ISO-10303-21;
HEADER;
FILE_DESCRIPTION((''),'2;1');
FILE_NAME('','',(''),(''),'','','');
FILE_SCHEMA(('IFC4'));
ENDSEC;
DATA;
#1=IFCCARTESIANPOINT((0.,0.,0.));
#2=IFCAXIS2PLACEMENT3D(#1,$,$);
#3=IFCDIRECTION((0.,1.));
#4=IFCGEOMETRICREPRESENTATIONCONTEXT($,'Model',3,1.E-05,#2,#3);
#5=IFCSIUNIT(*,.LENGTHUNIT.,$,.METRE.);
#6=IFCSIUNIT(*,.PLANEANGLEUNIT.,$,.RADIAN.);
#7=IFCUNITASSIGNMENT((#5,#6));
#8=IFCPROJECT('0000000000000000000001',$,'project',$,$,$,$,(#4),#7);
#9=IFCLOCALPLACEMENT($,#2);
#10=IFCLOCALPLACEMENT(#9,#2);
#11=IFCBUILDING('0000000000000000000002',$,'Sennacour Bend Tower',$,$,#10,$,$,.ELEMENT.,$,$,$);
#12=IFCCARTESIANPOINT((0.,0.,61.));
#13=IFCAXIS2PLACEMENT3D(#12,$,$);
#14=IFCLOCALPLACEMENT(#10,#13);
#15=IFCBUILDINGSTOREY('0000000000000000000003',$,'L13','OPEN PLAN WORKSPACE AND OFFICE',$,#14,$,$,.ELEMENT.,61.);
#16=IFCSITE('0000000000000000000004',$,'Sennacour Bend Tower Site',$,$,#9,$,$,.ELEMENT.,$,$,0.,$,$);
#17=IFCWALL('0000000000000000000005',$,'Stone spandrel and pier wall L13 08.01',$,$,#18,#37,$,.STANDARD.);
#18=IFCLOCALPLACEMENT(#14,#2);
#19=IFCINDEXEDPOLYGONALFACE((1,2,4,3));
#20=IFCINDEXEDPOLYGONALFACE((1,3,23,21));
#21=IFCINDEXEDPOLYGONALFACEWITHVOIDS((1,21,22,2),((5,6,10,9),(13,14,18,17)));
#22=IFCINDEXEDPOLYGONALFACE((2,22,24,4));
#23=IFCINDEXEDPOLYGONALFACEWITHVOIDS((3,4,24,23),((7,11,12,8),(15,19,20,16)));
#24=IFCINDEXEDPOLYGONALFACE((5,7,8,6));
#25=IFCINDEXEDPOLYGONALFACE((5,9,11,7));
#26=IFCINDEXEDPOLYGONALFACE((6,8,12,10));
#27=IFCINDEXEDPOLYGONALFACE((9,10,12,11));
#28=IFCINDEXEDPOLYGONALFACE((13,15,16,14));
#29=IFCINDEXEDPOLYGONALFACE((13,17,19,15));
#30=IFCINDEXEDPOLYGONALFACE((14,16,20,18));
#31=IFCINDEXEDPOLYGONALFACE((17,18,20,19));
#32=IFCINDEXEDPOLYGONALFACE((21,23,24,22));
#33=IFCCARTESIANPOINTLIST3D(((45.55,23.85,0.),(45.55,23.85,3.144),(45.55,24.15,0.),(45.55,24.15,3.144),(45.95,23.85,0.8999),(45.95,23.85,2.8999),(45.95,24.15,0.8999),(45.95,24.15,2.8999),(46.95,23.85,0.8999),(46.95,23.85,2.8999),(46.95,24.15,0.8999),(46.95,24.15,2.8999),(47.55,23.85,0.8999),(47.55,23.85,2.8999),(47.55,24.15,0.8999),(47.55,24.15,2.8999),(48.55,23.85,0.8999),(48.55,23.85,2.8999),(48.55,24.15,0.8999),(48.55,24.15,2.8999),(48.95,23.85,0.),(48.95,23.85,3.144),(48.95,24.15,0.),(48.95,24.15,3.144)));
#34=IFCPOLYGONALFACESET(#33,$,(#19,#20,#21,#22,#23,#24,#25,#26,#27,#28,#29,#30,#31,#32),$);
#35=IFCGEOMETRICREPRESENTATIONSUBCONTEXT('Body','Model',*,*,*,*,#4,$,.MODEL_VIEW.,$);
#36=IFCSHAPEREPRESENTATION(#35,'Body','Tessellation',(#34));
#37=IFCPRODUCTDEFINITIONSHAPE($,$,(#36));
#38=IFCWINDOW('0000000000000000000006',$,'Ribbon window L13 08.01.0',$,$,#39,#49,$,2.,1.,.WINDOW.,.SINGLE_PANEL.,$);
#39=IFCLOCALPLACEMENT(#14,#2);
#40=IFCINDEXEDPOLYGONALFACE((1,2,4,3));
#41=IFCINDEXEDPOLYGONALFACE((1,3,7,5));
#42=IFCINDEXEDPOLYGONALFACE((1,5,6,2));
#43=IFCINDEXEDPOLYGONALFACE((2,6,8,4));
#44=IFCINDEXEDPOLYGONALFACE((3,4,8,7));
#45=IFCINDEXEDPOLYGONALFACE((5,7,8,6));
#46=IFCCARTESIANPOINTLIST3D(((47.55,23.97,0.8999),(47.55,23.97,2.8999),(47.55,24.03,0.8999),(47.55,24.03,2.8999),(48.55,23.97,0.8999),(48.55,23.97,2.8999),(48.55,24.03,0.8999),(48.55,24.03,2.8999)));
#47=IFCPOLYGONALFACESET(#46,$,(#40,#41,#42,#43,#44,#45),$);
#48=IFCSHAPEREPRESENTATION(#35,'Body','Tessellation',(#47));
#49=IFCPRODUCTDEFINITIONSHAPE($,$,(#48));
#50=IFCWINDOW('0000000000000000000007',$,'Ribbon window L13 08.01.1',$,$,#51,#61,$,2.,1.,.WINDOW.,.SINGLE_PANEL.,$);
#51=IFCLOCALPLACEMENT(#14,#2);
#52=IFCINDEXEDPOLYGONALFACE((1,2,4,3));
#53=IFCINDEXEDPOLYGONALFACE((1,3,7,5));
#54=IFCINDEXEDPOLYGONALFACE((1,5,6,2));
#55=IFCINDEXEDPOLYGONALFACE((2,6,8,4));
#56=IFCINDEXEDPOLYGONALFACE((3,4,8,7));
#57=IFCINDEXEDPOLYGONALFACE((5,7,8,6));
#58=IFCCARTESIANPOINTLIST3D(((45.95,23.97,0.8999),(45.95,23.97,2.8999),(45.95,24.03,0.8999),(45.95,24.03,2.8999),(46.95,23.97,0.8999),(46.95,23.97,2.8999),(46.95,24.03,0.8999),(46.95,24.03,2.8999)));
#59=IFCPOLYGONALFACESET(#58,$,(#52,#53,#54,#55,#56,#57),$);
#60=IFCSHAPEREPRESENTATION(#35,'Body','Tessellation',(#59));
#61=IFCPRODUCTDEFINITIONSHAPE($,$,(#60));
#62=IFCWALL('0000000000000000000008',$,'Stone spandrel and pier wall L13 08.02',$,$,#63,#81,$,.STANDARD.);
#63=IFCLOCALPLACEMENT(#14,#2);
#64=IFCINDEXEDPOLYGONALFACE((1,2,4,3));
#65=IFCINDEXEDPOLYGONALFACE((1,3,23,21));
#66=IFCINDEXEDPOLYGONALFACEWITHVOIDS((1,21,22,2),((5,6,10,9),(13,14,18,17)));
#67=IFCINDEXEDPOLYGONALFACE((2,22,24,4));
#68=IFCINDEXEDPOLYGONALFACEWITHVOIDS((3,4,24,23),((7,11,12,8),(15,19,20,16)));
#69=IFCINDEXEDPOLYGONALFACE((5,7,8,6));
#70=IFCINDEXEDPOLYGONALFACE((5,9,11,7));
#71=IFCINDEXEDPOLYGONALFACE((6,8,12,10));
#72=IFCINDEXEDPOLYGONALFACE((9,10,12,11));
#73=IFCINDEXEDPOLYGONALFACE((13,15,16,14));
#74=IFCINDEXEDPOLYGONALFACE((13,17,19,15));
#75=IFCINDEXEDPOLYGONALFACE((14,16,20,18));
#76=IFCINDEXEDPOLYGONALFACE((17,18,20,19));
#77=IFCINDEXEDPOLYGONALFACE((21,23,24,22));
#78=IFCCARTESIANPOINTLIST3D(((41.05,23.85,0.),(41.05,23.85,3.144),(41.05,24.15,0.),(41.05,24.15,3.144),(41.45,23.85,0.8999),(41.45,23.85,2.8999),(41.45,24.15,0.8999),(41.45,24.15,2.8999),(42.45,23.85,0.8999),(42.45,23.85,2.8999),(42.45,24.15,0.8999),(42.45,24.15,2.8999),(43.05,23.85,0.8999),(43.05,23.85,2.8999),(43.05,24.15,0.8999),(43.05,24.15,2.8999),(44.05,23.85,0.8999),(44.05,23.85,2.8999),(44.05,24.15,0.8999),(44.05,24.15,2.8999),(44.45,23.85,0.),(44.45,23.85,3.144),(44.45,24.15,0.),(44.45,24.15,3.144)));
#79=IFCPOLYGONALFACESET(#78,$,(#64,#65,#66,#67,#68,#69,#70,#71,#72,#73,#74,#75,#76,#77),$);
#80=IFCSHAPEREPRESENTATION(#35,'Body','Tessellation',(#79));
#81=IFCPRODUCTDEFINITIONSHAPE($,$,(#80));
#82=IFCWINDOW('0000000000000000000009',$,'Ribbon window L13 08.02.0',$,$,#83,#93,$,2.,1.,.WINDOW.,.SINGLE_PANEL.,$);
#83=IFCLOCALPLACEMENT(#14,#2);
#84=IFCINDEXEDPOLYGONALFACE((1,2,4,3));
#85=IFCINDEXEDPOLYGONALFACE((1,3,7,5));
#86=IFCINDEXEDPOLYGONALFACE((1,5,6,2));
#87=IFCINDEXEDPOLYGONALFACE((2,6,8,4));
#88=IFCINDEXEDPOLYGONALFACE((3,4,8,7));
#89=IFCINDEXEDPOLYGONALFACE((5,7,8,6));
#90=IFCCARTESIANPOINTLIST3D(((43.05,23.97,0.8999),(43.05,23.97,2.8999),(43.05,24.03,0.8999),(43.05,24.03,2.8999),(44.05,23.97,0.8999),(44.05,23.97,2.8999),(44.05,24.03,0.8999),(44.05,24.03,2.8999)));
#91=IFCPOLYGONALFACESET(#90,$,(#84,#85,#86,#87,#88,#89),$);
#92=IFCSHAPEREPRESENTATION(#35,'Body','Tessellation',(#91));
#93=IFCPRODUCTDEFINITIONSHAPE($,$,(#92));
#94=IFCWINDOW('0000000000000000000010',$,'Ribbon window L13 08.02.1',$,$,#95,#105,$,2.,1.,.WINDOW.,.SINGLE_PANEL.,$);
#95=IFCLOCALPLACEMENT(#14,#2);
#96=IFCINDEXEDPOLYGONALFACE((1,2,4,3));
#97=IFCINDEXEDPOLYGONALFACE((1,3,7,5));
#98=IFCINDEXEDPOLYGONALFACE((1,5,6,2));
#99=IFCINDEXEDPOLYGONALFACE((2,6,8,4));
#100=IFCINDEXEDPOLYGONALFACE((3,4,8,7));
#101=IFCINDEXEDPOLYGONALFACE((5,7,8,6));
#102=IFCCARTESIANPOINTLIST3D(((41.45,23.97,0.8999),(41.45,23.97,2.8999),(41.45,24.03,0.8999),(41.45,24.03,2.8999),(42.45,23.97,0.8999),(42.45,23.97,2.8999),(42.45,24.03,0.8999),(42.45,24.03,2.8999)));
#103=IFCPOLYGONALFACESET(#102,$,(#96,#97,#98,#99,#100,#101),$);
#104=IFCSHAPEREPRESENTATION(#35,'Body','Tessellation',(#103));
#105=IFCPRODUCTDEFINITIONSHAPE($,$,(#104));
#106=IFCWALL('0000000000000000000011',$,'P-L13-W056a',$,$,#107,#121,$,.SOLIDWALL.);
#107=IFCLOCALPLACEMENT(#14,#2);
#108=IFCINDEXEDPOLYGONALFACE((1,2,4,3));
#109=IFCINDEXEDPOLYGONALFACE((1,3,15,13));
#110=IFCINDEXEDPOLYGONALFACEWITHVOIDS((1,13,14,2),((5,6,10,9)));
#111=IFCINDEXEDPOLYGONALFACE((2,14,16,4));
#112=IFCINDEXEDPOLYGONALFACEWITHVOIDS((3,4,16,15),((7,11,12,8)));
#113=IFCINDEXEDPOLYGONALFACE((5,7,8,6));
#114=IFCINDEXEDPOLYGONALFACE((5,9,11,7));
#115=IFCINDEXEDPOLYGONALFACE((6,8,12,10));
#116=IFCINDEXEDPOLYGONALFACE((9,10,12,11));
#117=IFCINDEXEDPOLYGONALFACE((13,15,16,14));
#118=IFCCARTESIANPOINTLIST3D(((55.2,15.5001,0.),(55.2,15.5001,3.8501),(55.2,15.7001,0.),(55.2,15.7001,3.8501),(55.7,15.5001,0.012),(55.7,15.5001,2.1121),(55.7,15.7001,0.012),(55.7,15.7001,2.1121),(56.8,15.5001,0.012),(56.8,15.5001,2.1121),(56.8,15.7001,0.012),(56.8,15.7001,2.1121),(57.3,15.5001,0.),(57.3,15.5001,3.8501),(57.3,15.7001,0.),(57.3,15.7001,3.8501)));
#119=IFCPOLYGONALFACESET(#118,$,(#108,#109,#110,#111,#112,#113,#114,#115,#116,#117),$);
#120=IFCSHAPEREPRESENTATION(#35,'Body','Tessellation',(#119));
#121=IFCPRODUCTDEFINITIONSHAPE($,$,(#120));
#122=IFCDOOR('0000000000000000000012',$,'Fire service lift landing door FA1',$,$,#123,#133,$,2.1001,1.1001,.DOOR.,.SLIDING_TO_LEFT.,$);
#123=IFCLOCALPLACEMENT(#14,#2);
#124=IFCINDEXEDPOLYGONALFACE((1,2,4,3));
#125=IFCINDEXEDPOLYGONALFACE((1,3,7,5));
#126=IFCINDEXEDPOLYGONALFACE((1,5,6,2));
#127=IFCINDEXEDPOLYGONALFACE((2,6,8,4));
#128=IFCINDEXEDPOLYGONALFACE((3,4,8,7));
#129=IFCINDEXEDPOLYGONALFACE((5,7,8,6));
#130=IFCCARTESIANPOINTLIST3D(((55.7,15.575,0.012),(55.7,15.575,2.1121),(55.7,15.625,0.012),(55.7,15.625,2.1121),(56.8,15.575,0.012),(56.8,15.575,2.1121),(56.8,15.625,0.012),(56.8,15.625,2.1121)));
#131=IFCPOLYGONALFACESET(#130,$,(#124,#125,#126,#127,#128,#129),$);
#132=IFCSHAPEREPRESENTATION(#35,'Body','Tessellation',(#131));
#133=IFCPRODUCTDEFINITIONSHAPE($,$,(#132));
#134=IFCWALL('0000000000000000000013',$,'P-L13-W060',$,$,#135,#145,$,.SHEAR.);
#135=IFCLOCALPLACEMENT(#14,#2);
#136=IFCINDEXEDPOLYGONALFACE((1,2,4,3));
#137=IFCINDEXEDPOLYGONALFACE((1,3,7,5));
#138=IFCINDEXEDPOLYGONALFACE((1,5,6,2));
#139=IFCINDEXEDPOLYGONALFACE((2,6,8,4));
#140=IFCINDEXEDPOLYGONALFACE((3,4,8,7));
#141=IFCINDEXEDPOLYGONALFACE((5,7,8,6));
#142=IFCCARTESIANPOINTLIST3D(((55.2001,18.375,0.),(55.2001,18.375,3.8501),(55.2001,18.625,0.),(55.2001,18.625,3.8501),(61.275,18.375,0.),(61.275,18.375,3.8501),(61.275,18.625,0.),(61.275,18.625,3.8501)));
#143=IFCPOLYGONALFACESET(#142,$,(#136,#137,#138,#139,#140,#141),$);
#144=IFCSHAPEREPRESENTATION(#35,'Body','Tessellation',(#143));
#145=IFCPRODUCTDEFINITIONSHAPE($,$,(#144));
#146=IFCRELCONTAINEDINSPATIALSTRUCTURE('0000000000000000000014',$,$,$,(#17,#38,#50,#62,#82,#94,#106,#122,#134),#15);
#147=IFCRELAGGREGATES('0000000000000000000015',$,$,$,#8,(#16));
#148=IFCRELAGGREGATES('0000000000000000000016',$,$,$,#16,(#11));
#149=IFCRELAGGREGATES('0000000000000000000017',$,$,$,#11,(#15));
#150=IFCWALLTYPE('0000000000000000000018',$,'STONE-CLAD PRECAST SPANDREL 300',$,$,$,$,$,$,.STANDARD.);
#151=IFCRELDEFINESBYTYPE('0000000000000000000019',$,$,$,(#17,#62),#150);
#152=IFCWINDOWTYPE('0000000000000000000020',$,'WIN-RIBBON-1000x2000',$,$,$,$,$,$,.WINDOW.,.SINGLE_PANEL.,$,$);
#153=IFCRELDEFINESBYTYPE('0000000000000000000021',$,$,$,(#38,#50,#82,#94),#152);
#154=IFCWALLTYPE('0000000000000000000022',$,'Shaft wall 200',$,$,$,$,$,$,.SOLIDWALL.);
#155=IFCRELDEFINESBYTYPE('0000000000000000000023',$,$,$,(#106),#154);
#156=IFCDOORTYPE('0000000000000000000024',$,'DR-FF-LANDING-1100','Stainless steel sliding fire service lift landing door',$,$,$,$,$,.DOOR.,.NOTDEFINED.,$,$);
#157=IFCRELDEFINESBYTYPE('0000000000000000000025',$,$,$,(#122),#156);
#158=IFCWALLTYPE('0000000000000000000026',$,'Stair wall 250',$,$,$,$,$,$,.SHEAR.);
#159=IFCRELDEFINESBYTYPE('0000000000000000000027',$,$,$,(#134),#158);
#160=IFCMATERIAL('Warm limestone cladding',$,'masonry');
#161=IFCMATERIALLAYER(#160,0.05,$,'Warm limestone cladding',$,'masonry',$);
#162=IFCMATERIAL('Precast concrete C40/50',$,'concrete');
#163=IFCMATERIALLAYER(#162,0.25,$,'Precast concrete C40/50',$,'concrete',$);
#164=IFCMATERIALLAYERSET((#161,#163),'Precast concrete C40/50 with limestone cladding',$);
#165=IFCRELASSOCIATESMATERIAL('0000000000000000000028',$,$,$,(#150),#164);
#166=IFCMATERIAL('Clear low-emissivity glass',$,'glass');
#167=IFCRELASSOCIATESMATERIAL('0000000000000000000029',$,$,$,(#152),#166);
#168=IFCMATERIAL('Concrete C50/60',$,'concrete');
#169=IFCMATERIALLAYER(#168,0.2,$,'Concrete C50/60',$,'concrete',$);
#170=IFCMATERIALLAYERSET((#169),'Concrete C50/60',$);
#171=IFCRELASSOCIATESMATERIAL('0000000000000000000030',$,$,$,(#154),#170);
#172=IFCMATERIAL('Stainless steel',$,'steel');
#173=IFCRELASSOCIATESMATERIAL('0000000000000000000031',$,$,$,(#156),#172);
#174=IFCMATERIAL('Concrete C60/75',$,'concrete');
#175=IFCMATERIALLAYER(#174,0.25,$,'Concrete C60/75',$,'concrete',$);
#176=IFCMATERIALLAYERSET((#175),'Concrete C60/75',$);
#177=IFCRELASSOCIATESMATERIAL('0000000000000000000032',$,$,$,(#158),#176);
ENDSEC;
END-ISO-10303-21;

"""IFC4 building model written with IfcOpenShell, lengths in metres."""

from ifc_helpers import new_model, si_unit, direction, frame, frame_2d, origin, place, context, subcontext, project, spatial, rectangle, extrude, material, layer, layer_set, type_object, element, fill, save


model = new_model("IFC4")

# Units and contexts
model_context = context("Model", 3, precision=1e-05, world=origin(), true_north=direction((0.0, 1.0)))
body_context = subcontext(model_context, "Body", "Model", "MODEL_VIEW")
ifc_project = project(units=[si_unit("LENGTHUNIT", "METRE"), si_unit("PLANEANGLEUNIT", "RADIAN")], contexts=[model_context])

# Site, building, storey
site_placement = place(None, origin())
site = spatial("IfcSite", under=ifc_project, at=site_placement, Name="Sennacour Bend Tower Site", CompositionType="ELEMENT", RefElevation=0.0)
building_placement = place(site_placement, origin())
building = spatial("IfcBuilding", under=site, at=building_placement, Name="Sennacour Bend Tower", CompositionType="ELEMENT")
storey_placement = place(building_placement, frame((0.0, 0.0, 61.0)))
storey = spatial("IfcBuildingStorey", under=building, at=storey_placement, Name="L13", Description="OPEN PLAN WORKSPACE AND OFFICE", CompositionType="ELEMENT", Elevation=61.0)

# Shared definitions
ifc_material_1 = material(Name="Warm limestone cladding", Category="masonry")
ifc_layer_1 = layer(ifc_material_1, 0.05, Name="Warm limestone cladding", Category="masonry")
ifc_material_2 = material(Name="Precast concrete C40/50", Category="concrete")
ifc_layer_2 = layer(ifc_material_2, 0.25, Name="Precast concrete C40/50", Category="concrete")
ifc_layer_set_1 = layer_set([ifc_layer_1, ifc_layer_2], Name="Precast concrete C40/50 with limestone cladding")
wall_type_1 = type_object("IfcWallType", Name="STONE-CLAD PRECAST SPANDREL 300", PredefinedType="STANDARD", material=ifc_layer_set_1)

# Walls, openings, windows
ifc_material_3 = material(Name="Clear low-emissivity glass", Category="glass")
window_type = type_object("IfcWindowType", Name="WIN-RIBBON-1000x2000", PartitioningType="SINGLE_PANEL", PredefinedType="WINDOW", material=ifc_material_3)
wall_1_placement = place(storey_placement, frame((48.95, 24.0, 0.0), z_axis=(0.0, 0.0, 1.0), x_axis=(-1.0, 0.0, 0.0)))
wall_1 = element("IfcWall", 1, at=wall_1_placement, inside=storey, type_object=wall_type_1, Name="Stone spandrel and pier wall L13 08.01", PredefinedType="STANDARD", context=body_context, shape_type="SweptSolid", body=[
    extrude(rectangle(XDim=3.3999, YDim=0.3, at=frame_2d((1.7, 0.0))), origin(), (0.0, 0.0, 1.0), 3.144),
])
opening_1_placement = place(wall_1_placement, frame((0.3999, 0.0, 0.8999)))
opening_1 = element("IfcOpeningElement", 2, at=opening_1_placement, cuts=wall_1, PredefinedType="OPENING", context=body_context, shape_type="SweptSolid", body=[
    extrude(rectangle(XDim=1.0, YDim=2.0, at=frame_2d((0.5, 1.0))), frame((0.0, 0.1602, 0.0), z_axis=(0.0, -1.0, 0.0), x_axis=(1.0, 0.0, 0.0)), (0.0, 0.0, 1.0), 0.3201),
])
opening_2_placement = place(wall_1_placement, frame((2.0, 0.0, 0.8999)))
opening_2 = element("IfcOpeningElement", 3, at=opening_2_placement, cuts=wall_1, PredefinedType="OPENING", context=body_context, shape_type="SweptSolid", body=[
    extrude(rectangle(XDim=1.0, YDim=2.0, at=frame_2d((0.5, 1.0))), frame((0.0, 0.1602, 0.0), z_axis=(0.0, -1.0, 0.0), x_axis=(1.0, 0.0, 0.0)), (0.0, 0.0, 1.0), 0.3201),
])
window_1_placement = place(opening_1_placement, origin())
window_1 = element("IfcWindow", 4, at=window_1_placement, inside=storey, type_object=window_type, Name="Ribbon window L13 08.01.0", OverallHeight=2.0, OverallWidth=1.0, PartitioningType="SINGLE_PANEL", PredefinedType="WINDOW", context=body_context, shape_type="SweptSolid", body=[
    extrude(rectangle(XDim=1.0, YDim=2.0, at=frame_2d((0.5, 1.0))), frame((0.0, 0.03, 0.0), z_axis=(0.0, -1.0, 0.0), x_axis=(1.0, 0.0, 0.0)), (0.0, 0.0, 1.0), 0.0601),
])
fill(opening_1, window_1)
window_2_placement = place(opening_2_placement, origin())
window_2 = element("IfcWindow", 5, at=window_2_placement, inside=storey, type_object=window_type, Name="Ribbon window L13 08.01.1", OverallHeight=2.0, OverallWidth=1.0, PartitioningType="SINGLE_PANEL", PredefinedType="WINDOW", context=body_context, shape_type="SweptSolid", body=[
    extrude(rectangle(XDim=1.0, YDim=2.0, at=frame_2d((0.5, 1.0))), frame((0.0, 0.03, 0.0), z_axis=(0.0, -1.0, 0.0), x_axis=(1.0, 0.0, 0.0)), (0.0, 0.0, 1.0), 0.0601),
])
fill(opening_2, window_2)
wall_2_placement = place(storey_placement, frame((44.45, 24.0, 0.0), z_axis=(0.0, 0.0, 1.0), x_axis=(-1.0, 0.0, 0.0)))
wall_2 = element("IfcWall", 6, at=wall_2_placement, inside=storey, type_object=wall_type_1, Name="Stone spandrel and pier wall L13 08.02", PredefinedType="STANDARD", context=body_context, shape_type="SweptSolid", body=[
    extrude(rectangle(XDim=3.3999, YDim=0.3, at=frame_2d((1.7, 0.0))), origin(), (0.0, 0.0, 1.0), 3.144),
])
opening_3_placement = place(wall_2_placement, frame((0.3999, 0.0, 0.8999)))
opening_3 = element("IfcOpeningElement", 7, at=opening_3_placement, cuts=wall_2, PredefinedType="OPENING", context=body_context, shape_type="SweptSolid", body=[
    extrude(rectangle(XDim=1.0, YDim=2.0, at=frame_2d((0.5, 1.0))), frame((0.0, 0.1602, 0.0), z_axis=(0.0, -1.0, 0.0), x_axis=(1.0, 0.0, 0.0)), (0.0, 0.0, 1.0), 0.3201),
])
opening_4_placement = place(wall_2_placement, frame((2.0, 0.0, 0.8999)))
opening_4 = element("IfcOpeningElement", 8, at=opening_4_placement, cuts=wall_2, PredefinedType="OPENING", context=body_context, shape_type="SweptSolid", body=[
    extrude(rectangle(XDim=1.0, YDim=2.0, at=frame_2d((0.5, 1.0))), frame((0.0, 0.1602, 0.0), z_axis=(0.0, -1.0, 0.0), x_axis=(1.0, 0.0, 0.0)), (0.0, 0.0, 1.0), 0.3201),
])
window_3_placement = place(opening_3_placement, origin())
window_3 = element("IfcWindow", 9, at=window_3_placement, inside=storey, type_object=window_type, Name="Ribbon window L13 08.02.0", OverallHeight=2.0, OverallWidth=1.0, PartitioningType="SINGLE_PANEL", PredefinedType="WINDOW", context=body_context, shape_type="SweptSolid", body=[
    extrude(rectangle(XDim=1.0, YDim=2.0, at=frame_2d((0.5, 1.0))), frame((0.0, 0.03, 0.0), z_axis=(0.0, -1.0, 0.0), x_axis=(1.0, 0.0, 0.0)), (0.0, 0.0, 1.0), 0.0601),
])
fill(opening_3, window_3)
window_4_placement = place(opening_4_placement, origin())
window_4 = element("IfcWindow", 10, at=window_4_placement, inside=storey, type_object=window_type, Name="Ribbon window L13 08.02.1", OverallHeight=2.0, OverallWidth=1.0, PartitioningType="SINGLE_PANEL", PredefinedType="WINDOW", context=body_context, shape_type="SweptSolid", body=[
    extrude(rectangle(XDim=1.0, YDim=2.0, at=frame_2d((0.5, 1.0))), frame((0.0, 0.03, 0.0), z_axis=(0.0, -1.0, 0.0), x_axis=(1.0, 0.0, 0.0)), (0.0, 0.0, 1.0), 0.0601),
])
fill(opening_4, window_4)

# Wall, opening, door
ifc_material_4 = material(Name="Concrete C50/60", Category="concrete")
ifc_layer_3 = layer(ifc_material_4, 0.2, Name="Concrete C50/60", Category="concrete")
ifc_layer_set_2 = layer_set([ifc_layer_3], Name="Concrete C50/60")
wall_type_2 = type_object("IfcWallType", Name="Shaft wall 200", PredefinedType="SOLIDWALL", material=ifc_layer_set_2)
wall_3_placement = place(storey_placement, frame((55.2, 15.6001, 0.0), z_axis=(0.0, 0.0, 1.0), x_axis=(1.0, 0.0, 0.0)))
wall_3 = element("IfcWall", 11, at=wall_3_placement, inside=storey, type_object=wall_type_2, Name="P-L13-W056a", PredefinedType="SOLIDWALL", context=body_context, shape_type="SweptSolid", body=[
    extrude(rectangle(XDim=2.1001, YDim=0.2, at=frame_2d((1.05, 0.0))), origin(), (0.0, 0.0, 1.0), 3.8501),
])
opening_5_placement = place(wall_3_placement, frame((0.5, 0.0, 0.012)))
opening_5 = element("IfcOpeningElement", 12, at=opening_5_placement, cuts=wall_3, PredefinedType="OPENING", context=body_context, shape_type="SweptSolid", body=[
    extrude(rectangle(XDim=1.1001, YDim=2.1001, at=frame_2d((0.55, 1.05))), frame((0.0, 0.1099, 0.0), z_axis=(0.0, -1.0, 0.0), x_axis=(1.0, 0.0, 0.0)), (0.0, 0.0, 1.0), 0.22),
])
ifc_material_5 = material(Name="Stainless steel", Category="steel")
door_type_1 = type_object("IfcDoorType", Name="DR-FF-LANDING-1100", Description="Stainless steel sliding fire service lift landing door", OperationType="NOTDEFINED", PredefinedType="DOOR", material=ifc_material_5)
door_1_placement = place(opening_5_placement, origin())
door_1 = element("IfcDoor", 13, at=door_1_placement, inside=storey, type_object=door_type_1, Name="Fire service lift landing door FA1", OperationType="SLIDING_TO_LEFT", OverallHeight=2.1001, OverallWidth=1.1001, PredefinedType="DOOR", context=body_context, shape_type="SweptSolid", body=[
    extrude(rectangle(XDim=1.1001, YDim=2.1001, at=frame_2d((0.55, 1.05))), frame((0.0, 0.0249, 0.0), z_axis=(0.0, -1.0, 0.0), x_axis=(1.0, 0.0, 0.0)), (0.0, 0.0, 1.0), 0.05),
])
fill(opening_5, door_1)

# Wall
ifc_material_6 = material(Name="Concrete C60/75", Category="concrete")
ifc_layer_4 = layer(ifc_material_6, 0.25, Name="Concrete C60/75", Category="concrete")
ifc_layer_set_3 = layer_set([ifc_layer_4], Name="Concrete C60/75")
wall_type_3 = type_object("IfcWallType", Name="Stair wall 250", PredefinedType="SHEAR", material=ifc_layer_set_3)
wall_4_placement = place(storey_placement, frame((55.2, 18.5, 0.0), z_axis=(0.0, 0.0, 1.0), x_axis=(1.0, 0.0, 0.0)))
element("IfcWall", 14, at=wall_4_placement, inside=storey, type_object=wall_type_3, Name="P-L13-W060", PredefinedType="SHEAR", context=body_context, shape_type="SweptSolid", body=[
    extrude(rectangle(XDim=6.075, YDim=0.25, at=frame_2d((3.0376, 0.0))), origin(), (0.0, 0.0, 1.0), 3.8501),
])

save(model, "model.ifc")
